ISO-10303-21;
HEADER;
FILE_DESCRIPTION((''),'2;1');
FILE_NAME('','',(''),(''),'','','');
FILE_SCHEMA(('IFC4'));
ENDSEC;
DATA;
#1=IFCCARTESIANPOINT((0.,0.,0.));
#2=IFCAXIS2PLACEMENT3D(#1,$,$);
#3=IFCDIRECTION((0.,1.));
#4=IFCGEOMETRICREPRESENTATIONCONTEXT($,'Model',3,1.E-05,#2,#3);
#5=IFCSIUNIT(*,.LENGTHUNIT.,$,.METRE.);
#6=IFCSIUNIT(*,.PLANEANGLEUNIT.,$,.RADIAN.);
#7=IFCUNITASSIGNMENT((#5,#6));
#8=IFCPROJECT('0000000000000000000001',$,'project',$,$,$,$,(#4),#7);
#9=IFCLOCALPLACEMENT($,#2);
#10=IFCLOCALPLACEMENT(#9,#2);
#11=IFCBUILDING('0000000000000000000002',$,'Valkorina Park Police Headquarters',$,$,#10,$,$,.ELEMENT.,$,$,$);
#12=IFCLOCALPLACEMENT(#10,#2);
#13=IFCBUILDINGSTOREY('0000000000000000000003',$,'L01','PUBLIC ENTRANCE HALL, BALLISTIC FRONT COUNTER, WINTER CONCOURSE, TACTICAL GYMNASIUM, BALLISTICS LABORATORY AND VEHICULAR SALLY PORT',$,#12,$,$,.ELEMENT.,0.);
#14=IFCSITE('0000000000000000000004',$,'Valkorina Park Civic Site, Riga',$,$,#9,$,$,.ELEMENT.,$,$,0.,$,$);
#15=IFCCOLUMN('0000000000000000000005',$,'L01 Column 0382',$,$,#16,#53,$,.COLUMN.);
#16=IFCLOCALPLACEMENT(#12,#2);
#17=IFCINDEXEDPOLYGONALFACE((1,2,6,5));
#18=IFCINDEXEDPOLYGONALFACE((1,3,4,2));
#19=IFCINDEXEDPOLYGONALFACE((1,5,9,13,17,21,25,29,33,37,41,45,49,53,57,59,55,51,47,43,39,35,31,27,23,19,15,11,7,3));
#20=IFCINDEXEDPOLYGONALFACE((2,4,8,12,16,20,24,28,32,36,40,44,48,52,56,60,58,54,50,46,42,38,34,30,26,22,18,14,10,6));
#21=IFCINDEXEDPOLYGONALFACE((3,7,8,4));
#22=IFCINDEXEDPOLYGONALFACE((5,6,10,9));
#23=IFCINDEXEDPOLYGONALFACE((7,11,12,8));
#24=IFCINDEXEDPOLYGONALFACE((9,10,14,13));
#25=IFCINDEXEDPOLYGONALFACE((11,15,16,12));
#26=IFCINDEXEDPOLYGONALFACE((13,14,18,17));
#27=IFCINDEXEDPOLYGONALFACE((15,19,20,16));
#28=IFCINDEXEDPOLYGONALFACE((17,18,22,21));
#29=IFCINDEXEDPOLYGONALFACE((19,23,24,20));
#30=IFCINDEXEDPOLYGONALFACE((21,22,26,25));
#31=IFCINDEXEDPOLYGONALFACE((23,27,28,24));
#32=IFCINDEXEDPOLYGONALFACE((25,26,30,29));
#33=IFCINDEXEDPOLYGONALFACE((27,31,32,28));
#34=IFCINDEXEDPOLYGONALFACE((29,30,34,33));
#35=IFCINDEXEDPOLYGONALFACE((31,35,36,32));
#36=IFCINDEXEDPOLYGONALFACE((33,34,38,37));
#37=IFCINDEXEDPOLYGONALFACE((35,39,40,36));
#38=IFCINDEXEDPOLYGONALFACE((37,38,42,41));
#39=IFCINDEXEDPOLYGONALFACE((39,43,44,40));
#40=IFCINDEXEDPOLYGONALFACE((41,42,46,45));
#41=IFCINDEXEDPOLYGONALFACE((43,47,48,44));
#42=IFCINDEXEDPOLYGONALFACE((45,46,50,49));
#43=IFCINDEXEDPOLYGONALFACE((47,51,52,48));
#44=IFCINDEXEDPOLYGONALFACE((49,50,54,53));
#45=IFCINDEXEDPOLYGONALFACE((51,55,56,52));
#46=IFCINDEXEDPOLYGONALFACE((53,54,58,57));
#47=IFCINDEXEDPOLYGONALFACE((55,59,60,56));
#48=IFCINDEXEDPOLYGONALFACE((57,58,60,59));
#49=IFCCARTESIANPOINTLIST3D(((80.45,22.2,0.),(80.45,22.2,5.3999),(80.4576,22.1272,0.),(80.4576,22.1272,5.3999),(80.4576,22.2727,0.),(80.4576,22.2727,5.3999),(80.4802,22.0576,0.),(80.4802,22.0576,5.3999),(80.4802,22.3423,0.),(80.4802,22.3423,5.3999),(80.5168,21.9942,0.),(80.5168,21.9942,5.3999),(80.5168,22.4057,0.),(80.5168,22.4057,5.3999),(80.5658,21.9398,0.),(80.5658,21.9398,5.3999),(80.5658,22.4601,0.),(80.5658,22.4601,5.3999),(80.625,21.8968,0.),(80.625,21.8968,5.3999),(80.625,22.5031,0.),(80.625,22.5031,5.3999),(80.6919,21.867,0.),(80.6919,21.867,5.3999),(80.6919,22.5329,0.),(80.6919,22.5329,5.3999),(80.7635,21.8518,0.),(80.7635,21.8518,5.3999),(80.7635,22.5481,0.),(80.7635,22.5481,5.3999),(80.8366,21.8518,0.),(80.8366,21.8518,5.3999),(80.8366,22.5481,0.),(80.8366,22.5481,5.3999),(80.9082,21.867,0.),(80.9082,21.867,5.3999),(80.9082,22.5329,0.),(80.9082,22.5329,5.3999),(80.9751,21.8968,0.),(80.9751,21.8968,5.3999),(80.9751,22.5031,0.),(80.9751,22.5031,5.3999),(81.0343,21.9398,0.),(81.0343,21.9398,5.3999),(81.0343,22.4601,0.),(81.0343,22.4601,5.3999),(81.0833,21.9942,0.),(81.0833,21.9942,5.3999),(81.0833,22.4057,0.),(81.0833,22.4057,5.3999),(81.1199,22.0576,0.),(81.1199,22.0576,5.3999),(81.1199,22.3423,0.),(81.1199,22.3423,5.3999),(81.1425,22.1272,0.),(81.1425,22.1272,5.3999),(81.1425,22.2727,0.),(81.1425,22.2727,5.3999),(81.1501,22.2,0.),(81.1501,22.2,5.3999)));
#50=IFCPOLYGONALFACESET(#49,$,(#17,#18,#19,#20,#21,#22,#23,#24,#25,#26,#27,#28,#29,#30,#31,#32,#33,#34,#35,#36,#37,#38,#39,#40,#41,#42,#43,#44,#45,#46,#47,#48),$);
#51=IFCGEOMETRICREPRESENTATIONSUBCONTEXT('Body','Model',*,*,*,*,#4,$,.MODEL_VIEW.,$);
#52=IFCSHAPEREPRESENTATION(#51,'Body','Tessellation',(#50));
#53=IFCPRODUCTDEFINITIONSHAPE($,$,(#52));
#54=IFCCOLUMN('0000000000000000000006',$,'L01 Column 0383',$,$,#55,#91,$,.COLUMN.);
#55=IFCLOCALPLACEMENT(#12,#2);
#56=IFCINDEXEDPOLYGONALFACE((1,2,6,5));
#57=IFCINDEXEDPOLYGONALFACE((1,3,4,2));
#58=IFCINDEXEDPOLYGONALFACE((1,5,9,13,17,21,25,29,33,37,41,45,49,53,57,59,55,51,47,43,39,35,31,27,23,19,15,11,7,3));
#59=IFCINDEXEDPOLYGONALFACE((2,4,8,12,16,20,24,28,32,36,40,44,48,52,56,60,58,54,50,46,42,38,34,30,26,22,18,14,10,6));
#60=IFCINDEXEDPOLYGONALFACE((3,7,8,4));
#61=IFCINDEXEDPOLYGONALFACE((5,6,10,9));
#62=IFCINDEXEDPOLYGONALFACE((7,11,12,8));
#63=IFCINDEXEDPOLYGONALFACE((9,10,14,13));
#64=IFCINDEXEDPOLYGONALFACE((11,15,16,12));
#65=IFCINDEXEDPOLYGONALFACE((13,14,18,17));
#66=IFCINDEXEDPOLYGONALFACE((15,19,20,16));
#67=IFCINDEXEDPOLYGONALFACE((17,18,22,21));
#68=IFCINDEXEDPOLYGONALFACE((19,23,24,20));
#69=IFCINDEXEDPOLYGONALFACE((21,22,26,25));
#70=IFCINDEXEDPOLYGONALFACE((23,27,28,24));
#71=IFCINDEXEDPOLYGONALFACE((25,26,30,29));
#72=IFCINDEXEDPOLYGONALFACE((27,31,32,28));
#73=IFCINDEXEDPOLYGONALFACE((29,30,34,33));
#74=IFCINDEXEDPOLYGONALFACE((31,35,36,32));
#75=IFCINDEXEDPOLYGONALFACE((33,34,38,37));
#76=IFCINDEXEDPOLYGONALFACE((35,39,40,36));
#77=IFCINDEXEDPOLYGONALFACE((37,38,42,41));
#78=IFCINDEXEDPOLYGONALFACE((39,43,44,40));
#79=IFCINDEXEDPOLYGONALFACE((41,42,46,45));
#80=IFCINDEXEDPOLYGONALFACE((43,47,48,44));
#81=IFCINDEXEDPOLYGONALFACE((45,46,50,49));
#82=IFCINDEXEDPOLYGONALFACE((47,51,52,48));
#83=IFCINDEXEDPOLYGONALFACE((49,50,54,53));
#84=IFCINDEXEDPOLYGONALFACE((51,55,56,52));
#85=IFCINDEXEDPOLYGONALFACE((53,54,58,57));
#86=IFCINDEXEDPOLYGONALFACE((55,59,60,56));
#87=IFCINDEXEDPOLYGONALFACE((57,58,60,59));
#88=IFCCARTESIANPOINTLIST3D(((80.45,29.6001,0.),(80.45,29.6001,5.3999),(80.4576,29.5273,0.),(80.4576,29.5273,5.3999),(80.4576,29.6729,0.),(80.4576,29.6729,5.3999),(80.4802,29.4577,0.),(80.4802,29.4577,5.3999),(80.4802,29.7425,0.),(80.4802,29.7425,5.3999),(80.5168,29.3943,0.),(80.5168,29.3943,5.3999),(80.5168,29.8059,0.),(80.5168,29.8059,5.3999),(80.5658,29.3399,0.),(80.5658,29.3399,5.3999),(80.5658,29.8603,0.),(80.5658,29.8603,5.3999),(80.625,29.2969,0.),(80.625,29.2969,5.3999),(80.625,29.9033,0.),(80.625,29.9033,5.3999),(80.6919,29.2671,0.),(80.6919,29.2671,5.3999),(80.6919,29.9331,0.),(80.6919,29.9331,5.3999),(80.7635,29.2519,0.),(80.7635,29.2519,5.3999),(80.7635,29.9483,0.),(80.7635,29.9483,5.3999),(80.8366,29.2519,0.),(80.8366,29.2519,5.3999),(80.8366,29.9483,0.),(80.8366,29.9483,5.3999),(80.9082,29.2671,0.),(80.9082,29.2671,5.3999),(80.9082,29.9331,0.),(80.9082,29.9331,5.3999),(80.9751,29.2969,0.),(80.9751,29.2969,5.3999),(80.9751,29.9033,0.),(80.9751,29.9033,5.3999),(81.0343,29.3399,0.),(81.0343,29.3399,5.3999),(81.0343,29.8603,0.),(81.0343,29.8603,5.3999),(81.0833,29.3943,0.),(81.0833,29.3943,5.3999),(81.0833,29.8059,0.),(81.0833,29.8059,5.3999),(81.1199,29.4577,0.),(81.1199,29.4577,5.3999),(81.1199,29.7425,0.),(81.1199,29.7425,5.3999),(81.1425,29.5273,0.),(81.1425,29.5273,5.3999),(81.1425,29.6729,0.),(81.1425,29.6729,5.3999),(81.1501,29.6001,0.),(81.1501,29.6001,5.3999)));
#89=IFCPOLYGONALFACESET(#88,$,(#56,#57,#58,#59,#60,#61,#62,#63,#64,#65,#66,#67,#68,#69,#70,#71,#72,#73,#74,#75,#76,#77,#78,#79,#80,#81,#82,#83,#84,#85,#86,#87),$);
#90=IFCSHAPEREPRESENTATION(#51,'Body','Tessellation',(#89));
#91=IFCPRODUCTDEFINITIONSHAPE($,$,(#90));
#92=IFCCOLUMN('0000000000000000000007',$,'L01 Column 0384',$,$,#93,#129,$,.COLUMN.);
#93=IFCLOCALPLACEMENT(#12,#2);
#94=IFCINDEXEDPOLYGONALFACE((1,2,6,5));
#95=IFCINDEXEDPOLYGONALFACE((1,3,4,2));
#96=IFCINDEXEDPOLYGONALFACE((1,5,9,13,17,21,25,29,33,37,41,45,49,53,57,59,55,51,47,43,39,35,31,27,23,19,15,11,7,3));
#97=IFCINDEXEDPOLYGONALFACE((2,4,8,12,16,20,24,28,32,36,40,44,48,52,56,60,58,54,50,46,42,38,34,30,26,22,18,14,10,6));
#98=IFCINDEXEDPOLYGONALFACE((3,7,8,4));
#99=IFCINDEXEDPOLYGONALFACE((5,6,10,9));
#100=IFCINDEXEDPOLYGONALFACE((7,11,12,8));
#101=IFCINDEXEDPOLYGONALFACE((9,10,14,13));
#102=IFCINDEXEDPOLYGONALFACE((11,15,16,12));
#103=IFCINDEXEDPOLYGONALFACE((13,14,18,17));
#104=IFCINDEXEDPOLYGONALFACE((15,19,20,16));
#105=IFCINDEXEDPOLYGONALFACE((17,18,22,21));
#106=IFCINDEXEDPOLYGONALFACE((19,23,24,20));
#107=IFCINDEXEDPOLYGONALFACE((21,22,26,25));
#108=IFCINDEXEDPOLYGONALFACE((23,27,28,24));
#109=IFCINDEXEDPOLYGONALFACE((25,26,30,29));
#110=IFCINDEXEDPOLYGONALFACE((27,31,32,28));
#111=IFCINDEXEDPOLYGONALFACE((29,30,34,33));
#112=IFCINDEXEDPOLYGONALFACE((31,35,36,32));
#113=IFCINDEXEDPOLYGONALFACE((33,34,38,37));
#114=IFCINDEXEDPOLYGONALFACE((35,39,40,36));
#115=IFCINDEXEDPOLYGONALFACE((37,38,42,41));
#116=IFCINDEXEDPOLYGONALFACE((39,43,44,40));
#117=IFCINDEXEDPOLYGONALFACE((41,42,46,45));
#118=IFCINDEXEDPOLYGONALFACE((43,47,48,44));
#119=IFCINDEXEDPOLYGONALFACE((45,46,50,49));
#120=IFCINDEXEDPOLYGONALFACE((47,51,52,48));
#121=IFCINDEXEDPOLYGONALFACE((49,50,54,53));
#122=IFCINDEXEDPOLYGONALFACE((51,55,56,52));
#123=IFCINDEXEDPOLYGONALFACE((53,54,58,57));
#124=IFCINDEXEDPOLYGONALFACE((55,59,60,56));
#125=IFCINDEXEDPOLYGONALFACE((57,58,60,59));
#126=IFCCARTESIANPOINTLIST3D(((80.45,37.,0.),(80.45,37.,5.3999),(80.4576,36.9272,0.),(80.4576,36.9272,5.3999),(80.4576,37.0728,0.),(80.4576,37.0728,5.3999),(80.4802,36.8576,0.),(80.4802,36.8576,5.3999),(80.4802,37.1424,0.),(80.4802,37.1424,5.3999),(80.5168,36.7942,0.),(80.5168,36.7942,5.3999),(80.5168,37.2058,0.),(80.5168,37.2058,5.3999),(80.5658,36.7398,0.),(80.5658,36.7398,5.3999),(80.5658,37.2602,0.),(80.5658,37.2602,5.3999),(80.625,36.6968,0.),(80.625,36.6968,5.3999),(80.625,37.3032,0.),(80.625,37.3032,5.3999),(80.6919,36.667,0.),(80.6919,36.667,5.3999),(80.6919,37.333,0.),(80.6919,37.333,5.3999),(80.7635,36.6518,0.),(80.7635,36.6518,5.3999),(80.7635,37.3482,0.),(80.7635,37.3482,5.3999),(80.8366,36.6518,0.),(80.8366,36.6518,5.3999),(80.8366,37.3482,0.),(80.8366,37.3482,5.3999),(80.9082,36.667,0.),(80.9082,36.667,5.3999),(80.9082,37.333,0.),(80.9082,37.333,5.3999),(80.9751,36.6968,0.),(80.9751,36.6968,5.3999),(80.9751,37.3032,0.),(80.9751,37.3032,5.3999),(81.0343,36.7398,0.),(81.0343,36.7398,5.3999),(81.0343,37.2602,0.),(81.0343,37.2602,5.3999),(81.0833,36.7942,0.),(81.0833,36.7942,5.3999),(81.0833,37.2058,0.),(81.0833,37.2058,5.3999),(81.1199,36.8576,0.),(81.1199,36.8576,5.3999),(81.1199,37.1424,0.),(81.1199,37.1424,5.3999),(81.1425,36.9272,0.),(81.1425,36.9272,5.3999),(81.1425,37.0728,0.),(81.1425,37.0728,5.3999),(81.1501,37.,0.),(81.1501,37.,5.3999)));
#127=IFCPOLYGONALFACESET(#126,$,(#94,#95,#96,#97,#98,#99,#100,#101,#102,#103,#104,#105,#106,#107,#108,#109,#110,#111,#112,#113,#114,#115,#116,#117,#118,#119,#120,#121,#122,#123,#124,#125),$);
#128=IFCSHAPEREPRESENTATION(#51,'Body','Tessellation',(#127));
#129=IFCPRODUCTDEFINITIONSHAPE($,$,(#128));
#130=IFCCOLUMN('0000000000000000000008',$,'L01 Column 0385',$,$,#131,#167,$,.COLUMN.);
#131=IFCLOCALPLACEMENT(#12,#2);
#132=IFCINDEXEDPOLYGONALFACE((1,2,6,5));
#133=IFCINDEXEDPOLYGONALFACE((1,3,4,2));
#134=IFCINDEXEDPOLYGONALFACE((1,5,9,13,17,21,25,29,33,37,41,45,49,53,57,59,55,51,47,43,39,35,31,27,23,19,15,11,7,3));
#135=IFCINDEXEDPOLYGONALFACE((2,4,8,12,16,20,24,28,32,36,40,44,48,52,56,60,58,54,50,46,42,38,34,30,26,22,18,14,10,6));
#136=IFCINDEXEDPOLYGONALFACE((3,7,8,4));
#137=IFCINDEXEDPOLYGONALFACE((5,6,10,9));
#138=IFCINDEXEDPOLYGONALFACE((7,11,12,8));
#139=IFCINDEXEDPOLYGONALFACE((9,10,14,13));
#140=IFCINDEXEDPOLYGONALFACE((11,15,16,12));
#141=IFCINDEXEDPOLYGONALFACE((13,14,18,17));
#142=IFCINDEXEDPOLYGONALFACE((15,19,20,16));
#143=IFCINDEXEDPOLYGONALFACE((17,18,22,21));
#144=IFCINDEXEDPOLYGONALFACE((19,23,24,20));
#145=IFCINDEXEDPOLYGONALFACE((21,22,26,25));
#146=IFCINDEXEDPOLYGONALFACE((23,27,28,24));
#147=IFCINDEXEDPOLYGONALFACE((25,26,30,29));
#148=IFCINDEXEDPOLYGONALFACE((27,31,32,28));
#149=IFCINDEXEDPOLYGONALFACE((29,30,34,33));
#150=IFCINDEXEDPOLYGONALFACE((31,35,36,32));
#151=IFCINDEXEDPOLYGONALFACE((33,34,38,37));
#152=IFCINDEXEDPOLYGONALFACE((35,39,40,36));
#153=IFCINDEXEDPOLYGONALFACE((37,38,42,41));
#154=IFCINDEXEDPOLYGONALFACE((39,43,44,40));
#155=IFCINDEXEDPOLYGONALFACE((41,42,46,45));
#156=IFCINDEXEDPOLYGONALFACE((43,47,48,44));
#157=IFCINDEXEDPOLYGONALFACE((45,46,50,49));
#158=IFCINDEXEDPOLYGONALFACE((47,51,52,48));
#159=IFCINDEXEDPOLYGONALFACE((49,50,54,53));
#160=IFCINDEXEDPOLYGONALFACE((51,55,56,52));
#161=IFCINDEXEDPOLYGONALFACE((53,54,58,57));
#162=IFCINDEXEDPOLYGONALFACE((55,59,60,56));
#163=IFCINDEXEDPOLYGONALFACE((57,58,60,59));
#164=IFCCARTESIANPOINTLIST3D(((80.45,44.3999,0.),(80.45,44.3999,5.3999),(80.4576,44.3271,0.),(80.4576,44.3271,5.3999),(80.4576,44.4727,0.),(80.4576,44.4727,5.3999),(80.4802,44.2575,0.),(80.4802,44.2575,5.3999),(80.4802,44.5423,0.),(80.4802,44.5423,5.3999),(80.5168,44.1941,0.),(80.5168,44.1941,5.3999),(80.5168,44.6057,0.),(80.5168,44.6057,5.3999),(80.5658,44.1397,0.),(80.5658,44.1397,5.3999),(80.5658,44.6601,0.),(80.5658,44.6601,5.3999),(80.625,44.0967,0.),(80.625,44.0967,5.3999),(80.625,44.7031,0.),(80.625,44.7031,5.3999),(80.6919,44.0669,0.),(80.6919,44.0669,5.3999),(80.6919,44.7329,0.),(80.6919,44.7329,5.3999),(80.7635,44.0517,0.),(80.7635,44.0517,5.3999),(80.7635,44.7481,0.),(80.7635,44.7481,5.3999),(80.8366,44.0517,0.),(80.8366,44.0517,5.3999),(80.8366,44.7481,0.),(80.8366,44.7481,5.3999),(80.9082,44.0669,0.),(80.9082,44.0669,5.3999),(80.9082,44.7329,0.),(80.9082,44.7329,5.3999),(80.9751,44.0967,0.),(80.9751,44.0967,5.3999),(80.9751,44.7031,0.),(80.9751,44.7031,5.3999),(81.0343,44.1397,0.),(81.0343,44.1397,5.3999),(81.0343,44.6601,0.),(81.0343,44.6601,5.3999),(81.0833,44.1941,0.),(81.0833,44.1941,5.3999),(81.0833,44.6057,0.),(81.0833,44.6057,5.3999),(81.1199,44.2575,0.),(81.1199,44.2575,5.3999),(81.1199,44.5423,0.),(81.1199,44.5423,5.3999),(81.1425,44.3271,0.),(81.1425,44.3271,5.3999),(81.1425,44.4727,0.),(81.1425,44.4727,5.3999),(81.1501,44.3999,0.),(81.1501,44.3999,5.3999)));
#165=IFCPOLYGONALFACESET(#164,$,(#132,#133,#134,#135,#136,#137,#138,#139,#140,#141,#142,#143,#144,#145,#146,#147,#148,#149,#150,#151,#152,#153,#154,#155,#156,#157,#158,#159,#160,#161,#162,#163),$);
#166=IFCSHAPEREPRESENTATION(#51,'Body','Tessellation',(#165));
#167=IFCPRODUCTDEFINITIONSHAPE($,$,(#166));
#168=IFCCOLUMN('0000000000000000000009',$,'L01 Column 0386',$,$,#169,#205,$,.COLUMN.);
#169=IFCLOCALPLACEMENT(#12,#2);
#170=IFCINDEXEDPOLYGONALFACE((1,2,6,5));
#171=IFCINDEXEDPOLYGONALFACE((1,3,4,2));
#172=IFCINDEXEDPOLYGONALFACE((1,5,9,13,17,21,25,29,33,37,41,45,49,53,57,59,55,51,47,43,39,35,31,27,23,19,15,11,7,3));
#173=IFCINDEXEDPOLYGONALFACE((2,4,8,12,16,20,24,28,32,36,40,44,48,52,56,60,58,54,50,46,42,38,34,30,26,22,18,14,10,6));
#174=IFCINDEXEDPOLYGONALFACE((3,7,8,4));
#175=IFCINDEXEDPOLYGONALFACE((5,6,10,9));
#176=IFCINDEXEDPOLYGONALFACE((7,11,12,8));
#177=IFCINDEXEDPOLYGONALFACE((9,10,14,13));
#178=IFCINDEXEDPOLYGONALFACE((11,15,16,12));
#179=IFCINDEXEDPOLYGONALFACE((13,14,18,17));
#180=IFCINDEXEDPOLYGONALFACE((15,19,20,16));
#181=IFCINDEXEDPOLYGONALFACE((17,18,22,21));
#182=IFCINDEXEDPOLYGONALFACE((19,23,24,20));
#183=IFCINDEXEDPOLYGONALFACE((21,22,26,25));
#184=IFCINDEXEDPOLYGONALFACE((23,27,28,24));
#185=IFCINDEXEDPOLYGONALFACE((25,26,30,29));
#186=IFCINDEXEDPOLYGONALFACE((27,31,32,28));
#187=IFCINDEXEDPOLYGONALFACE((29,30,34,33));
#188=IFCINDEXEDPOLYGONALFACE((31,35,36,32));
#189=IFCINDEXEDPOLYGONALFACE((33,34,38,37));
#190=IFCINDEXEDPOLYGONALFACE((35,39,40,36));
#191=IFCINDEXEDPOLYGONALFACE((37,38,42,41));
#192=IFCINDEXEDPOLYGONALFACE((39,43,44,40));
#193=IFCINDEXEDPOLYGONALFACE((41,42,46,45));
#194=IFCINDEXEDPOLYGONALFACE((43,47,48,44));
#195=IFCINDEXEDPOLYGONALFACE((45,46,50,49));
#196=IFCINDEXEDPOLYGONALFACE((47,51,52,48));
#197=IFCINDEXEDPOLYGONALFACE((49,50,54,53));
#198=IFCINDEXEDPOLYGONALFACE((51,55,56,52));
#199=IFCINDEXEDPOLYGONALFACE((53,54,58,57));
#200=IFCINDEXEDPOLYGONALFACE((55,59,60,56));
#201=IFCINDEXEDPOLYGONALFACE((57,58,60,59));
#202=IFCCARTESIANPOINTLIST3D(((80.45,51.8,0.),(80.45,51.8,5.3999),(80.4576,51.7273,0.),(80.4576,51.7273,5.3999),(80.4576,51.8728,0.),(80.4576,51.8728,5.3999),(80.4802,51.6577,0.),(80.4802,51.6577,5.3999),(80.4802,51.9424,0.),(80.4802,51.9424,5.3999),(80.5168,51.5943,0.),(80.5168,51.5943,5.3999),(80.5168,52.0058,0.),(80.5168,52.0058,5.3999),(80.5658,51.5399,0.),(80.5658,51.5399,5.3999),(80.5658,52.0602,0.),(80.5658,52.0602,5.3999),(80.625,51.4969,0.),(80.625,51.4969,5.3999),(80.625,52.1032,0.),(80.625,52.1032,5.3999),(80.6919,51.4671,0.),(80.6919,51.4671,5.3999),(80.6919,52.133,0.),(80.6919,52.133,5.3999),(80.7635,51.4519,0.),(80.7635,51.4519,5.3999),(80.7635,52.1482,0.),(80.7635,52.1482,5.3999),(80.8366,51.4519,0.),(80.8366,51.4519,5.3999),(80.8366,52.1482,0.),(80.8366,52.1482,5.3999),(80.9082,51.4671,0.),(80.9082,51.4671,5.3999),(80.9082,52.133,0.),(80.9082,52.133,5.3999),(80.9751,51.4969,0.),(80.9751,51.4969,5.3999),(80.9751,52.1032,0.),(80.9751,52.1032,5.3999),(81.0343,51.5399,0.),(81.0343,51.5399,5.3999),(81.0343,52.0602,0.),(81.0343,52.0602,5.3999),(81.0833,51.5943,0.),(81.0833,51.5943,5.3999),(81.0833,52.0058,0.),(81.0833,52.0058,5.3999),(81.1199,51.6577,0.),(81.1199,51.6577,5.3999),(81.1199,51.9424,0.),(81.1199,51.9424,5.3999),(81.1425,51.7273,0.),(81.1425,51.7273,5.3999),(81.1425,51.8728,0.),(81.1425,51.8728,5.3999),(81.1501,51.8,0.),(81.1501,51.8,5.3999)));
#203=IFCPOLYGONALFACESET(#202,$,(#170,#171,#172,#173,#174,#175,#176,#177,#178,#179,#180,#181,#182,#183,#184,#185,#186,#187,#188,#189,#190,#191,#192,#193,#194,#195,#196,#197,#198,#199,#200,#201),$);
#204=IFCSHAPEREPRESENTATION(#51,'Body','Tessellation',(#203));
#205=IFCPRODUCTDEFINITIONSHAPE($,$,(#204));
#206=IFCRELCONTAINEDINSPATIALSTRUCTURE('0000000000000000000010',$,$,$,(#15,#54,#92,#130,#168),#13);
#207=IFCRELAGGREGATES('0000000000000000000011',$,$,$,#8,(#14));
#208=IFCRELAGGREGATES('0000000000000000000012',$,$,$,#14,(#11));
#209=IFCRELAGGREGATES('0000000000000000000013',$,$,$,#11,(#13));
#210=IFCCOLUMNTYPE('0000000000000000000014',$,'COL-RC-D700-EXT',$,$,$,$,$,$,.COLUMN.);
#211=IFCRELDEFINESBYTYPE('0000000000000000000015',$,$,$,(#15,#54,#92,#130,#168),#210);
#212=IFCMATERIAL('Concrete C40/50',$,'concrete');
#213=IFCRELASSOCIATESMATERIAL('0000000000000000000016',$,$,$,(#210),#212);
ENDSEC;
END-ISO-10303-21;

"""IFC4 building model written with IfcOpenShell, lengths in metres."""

from ifc_helpers import new_model, si_unit, direction, frame, origin, origin_2d, place, context, subcontext, project, spatial, circle, extrude, material, material_profile, profile_set, type_object, element, save


model = new_model("IFC4")

# Units and contexts
model_context = context("Model", 3, precision=1e-05, world=origin(), true_north=direction((0.0, 1.0)))
body_context = subcontext(model_context, "Body", "Model", "MODEL_VIEW")
ifc_project = project(units=[si_unit("LENGTHUNIT", "METRE"), si_unit("PLANEANGLEUNIT", "RADIAN")], contexts=[model_context])

# Site, building, storey
site_placement = place(None, origin())
site = spatial("IfcSite", under=ifc_project, at=site_placement, Name="Valkorina Park Civic Site, Riga", CompositionType="ELEMENT", RefElevation=0.0)
building_placement = place(site_placement, origin())
building = spatial("IfcBuilding", under=site, at=building_placement, Name="Valkorina Park Police Headquarters", CompositionType="ELEMENT")
storey_placement = place(building_placement, origin())
storey = spatial("IfcBuildingStorey", under=building, at=storey_placement, Name="L01", Description="PUBLIC ENTRANCE HALL, BALLISTIC FRONT COUNTER, WINTER CONCOURSE, TACTICAL GYMNASIUM, BALLISTICS LABORATORY AND VEHICULAR SALLY PORT", CompositionType="ELEMENT", Elevation=0.0)

# Columns
ifc_material_1 = material(Name="Concrete C40/50", Category="concrete")
ifc_material_profile_1 = material_profile(ifc_material_1, circle(Radius=0.3501, at=origin_2d()), Name="RC COL D700")
ifc_profile_set_1 = profile_set([ifc_material_profile_1], Name="Concrete C40/50")
column_type = type_object("IfcColumnType", Name="COL-RC-D700-EXT", PredefinedType="COLUMN", material=ifc_profile_set_1)
for number, where, z_axis, x_axis, name in (
    (1, (80.8, 22.2, 0.0), (0.0, 0.0, 1.0), (1.0, 0.0, 0.0), "L01 Column 0382"),
    (2, (80.8, 29.6001, 0.0), (0.0, 0.0, 1.0), (1.0, 0.0, 0.0), "L01 Column 0383"),
    (3, (80.8, 37.0, 0.0), (0.0, 0.0, 1.0), (1.0, 0.0, 0.0), "L01 Column 0384"),
    (4, (80.8, 44.3999, 0.0), (0.0, 0.0, 1.0), (1.0, 0.0, 0.0), "L01 Column 0385"),
    (5, (80.8, 51.8, 0.0), (0.0, 0.0, 1.0), (1.0, 0.0, 0.0), "L01 Column 0386"),
):
    element("IfcColumn", number, at=place(storey_placement, frame(where, z_axis=z_axis, x_axis=x_axis)), inside=storey, type_object=column_type, Name=name, PredefinedType="COLUMN", context=body_context, shape_type="SweptSolid", body=[
        extrude(circle(Radius=0.3501, at=origin_2d()), origin(), (0.0, 0.0, 1.0), 5.3999),
    ])

save(model, "model.ifc")
